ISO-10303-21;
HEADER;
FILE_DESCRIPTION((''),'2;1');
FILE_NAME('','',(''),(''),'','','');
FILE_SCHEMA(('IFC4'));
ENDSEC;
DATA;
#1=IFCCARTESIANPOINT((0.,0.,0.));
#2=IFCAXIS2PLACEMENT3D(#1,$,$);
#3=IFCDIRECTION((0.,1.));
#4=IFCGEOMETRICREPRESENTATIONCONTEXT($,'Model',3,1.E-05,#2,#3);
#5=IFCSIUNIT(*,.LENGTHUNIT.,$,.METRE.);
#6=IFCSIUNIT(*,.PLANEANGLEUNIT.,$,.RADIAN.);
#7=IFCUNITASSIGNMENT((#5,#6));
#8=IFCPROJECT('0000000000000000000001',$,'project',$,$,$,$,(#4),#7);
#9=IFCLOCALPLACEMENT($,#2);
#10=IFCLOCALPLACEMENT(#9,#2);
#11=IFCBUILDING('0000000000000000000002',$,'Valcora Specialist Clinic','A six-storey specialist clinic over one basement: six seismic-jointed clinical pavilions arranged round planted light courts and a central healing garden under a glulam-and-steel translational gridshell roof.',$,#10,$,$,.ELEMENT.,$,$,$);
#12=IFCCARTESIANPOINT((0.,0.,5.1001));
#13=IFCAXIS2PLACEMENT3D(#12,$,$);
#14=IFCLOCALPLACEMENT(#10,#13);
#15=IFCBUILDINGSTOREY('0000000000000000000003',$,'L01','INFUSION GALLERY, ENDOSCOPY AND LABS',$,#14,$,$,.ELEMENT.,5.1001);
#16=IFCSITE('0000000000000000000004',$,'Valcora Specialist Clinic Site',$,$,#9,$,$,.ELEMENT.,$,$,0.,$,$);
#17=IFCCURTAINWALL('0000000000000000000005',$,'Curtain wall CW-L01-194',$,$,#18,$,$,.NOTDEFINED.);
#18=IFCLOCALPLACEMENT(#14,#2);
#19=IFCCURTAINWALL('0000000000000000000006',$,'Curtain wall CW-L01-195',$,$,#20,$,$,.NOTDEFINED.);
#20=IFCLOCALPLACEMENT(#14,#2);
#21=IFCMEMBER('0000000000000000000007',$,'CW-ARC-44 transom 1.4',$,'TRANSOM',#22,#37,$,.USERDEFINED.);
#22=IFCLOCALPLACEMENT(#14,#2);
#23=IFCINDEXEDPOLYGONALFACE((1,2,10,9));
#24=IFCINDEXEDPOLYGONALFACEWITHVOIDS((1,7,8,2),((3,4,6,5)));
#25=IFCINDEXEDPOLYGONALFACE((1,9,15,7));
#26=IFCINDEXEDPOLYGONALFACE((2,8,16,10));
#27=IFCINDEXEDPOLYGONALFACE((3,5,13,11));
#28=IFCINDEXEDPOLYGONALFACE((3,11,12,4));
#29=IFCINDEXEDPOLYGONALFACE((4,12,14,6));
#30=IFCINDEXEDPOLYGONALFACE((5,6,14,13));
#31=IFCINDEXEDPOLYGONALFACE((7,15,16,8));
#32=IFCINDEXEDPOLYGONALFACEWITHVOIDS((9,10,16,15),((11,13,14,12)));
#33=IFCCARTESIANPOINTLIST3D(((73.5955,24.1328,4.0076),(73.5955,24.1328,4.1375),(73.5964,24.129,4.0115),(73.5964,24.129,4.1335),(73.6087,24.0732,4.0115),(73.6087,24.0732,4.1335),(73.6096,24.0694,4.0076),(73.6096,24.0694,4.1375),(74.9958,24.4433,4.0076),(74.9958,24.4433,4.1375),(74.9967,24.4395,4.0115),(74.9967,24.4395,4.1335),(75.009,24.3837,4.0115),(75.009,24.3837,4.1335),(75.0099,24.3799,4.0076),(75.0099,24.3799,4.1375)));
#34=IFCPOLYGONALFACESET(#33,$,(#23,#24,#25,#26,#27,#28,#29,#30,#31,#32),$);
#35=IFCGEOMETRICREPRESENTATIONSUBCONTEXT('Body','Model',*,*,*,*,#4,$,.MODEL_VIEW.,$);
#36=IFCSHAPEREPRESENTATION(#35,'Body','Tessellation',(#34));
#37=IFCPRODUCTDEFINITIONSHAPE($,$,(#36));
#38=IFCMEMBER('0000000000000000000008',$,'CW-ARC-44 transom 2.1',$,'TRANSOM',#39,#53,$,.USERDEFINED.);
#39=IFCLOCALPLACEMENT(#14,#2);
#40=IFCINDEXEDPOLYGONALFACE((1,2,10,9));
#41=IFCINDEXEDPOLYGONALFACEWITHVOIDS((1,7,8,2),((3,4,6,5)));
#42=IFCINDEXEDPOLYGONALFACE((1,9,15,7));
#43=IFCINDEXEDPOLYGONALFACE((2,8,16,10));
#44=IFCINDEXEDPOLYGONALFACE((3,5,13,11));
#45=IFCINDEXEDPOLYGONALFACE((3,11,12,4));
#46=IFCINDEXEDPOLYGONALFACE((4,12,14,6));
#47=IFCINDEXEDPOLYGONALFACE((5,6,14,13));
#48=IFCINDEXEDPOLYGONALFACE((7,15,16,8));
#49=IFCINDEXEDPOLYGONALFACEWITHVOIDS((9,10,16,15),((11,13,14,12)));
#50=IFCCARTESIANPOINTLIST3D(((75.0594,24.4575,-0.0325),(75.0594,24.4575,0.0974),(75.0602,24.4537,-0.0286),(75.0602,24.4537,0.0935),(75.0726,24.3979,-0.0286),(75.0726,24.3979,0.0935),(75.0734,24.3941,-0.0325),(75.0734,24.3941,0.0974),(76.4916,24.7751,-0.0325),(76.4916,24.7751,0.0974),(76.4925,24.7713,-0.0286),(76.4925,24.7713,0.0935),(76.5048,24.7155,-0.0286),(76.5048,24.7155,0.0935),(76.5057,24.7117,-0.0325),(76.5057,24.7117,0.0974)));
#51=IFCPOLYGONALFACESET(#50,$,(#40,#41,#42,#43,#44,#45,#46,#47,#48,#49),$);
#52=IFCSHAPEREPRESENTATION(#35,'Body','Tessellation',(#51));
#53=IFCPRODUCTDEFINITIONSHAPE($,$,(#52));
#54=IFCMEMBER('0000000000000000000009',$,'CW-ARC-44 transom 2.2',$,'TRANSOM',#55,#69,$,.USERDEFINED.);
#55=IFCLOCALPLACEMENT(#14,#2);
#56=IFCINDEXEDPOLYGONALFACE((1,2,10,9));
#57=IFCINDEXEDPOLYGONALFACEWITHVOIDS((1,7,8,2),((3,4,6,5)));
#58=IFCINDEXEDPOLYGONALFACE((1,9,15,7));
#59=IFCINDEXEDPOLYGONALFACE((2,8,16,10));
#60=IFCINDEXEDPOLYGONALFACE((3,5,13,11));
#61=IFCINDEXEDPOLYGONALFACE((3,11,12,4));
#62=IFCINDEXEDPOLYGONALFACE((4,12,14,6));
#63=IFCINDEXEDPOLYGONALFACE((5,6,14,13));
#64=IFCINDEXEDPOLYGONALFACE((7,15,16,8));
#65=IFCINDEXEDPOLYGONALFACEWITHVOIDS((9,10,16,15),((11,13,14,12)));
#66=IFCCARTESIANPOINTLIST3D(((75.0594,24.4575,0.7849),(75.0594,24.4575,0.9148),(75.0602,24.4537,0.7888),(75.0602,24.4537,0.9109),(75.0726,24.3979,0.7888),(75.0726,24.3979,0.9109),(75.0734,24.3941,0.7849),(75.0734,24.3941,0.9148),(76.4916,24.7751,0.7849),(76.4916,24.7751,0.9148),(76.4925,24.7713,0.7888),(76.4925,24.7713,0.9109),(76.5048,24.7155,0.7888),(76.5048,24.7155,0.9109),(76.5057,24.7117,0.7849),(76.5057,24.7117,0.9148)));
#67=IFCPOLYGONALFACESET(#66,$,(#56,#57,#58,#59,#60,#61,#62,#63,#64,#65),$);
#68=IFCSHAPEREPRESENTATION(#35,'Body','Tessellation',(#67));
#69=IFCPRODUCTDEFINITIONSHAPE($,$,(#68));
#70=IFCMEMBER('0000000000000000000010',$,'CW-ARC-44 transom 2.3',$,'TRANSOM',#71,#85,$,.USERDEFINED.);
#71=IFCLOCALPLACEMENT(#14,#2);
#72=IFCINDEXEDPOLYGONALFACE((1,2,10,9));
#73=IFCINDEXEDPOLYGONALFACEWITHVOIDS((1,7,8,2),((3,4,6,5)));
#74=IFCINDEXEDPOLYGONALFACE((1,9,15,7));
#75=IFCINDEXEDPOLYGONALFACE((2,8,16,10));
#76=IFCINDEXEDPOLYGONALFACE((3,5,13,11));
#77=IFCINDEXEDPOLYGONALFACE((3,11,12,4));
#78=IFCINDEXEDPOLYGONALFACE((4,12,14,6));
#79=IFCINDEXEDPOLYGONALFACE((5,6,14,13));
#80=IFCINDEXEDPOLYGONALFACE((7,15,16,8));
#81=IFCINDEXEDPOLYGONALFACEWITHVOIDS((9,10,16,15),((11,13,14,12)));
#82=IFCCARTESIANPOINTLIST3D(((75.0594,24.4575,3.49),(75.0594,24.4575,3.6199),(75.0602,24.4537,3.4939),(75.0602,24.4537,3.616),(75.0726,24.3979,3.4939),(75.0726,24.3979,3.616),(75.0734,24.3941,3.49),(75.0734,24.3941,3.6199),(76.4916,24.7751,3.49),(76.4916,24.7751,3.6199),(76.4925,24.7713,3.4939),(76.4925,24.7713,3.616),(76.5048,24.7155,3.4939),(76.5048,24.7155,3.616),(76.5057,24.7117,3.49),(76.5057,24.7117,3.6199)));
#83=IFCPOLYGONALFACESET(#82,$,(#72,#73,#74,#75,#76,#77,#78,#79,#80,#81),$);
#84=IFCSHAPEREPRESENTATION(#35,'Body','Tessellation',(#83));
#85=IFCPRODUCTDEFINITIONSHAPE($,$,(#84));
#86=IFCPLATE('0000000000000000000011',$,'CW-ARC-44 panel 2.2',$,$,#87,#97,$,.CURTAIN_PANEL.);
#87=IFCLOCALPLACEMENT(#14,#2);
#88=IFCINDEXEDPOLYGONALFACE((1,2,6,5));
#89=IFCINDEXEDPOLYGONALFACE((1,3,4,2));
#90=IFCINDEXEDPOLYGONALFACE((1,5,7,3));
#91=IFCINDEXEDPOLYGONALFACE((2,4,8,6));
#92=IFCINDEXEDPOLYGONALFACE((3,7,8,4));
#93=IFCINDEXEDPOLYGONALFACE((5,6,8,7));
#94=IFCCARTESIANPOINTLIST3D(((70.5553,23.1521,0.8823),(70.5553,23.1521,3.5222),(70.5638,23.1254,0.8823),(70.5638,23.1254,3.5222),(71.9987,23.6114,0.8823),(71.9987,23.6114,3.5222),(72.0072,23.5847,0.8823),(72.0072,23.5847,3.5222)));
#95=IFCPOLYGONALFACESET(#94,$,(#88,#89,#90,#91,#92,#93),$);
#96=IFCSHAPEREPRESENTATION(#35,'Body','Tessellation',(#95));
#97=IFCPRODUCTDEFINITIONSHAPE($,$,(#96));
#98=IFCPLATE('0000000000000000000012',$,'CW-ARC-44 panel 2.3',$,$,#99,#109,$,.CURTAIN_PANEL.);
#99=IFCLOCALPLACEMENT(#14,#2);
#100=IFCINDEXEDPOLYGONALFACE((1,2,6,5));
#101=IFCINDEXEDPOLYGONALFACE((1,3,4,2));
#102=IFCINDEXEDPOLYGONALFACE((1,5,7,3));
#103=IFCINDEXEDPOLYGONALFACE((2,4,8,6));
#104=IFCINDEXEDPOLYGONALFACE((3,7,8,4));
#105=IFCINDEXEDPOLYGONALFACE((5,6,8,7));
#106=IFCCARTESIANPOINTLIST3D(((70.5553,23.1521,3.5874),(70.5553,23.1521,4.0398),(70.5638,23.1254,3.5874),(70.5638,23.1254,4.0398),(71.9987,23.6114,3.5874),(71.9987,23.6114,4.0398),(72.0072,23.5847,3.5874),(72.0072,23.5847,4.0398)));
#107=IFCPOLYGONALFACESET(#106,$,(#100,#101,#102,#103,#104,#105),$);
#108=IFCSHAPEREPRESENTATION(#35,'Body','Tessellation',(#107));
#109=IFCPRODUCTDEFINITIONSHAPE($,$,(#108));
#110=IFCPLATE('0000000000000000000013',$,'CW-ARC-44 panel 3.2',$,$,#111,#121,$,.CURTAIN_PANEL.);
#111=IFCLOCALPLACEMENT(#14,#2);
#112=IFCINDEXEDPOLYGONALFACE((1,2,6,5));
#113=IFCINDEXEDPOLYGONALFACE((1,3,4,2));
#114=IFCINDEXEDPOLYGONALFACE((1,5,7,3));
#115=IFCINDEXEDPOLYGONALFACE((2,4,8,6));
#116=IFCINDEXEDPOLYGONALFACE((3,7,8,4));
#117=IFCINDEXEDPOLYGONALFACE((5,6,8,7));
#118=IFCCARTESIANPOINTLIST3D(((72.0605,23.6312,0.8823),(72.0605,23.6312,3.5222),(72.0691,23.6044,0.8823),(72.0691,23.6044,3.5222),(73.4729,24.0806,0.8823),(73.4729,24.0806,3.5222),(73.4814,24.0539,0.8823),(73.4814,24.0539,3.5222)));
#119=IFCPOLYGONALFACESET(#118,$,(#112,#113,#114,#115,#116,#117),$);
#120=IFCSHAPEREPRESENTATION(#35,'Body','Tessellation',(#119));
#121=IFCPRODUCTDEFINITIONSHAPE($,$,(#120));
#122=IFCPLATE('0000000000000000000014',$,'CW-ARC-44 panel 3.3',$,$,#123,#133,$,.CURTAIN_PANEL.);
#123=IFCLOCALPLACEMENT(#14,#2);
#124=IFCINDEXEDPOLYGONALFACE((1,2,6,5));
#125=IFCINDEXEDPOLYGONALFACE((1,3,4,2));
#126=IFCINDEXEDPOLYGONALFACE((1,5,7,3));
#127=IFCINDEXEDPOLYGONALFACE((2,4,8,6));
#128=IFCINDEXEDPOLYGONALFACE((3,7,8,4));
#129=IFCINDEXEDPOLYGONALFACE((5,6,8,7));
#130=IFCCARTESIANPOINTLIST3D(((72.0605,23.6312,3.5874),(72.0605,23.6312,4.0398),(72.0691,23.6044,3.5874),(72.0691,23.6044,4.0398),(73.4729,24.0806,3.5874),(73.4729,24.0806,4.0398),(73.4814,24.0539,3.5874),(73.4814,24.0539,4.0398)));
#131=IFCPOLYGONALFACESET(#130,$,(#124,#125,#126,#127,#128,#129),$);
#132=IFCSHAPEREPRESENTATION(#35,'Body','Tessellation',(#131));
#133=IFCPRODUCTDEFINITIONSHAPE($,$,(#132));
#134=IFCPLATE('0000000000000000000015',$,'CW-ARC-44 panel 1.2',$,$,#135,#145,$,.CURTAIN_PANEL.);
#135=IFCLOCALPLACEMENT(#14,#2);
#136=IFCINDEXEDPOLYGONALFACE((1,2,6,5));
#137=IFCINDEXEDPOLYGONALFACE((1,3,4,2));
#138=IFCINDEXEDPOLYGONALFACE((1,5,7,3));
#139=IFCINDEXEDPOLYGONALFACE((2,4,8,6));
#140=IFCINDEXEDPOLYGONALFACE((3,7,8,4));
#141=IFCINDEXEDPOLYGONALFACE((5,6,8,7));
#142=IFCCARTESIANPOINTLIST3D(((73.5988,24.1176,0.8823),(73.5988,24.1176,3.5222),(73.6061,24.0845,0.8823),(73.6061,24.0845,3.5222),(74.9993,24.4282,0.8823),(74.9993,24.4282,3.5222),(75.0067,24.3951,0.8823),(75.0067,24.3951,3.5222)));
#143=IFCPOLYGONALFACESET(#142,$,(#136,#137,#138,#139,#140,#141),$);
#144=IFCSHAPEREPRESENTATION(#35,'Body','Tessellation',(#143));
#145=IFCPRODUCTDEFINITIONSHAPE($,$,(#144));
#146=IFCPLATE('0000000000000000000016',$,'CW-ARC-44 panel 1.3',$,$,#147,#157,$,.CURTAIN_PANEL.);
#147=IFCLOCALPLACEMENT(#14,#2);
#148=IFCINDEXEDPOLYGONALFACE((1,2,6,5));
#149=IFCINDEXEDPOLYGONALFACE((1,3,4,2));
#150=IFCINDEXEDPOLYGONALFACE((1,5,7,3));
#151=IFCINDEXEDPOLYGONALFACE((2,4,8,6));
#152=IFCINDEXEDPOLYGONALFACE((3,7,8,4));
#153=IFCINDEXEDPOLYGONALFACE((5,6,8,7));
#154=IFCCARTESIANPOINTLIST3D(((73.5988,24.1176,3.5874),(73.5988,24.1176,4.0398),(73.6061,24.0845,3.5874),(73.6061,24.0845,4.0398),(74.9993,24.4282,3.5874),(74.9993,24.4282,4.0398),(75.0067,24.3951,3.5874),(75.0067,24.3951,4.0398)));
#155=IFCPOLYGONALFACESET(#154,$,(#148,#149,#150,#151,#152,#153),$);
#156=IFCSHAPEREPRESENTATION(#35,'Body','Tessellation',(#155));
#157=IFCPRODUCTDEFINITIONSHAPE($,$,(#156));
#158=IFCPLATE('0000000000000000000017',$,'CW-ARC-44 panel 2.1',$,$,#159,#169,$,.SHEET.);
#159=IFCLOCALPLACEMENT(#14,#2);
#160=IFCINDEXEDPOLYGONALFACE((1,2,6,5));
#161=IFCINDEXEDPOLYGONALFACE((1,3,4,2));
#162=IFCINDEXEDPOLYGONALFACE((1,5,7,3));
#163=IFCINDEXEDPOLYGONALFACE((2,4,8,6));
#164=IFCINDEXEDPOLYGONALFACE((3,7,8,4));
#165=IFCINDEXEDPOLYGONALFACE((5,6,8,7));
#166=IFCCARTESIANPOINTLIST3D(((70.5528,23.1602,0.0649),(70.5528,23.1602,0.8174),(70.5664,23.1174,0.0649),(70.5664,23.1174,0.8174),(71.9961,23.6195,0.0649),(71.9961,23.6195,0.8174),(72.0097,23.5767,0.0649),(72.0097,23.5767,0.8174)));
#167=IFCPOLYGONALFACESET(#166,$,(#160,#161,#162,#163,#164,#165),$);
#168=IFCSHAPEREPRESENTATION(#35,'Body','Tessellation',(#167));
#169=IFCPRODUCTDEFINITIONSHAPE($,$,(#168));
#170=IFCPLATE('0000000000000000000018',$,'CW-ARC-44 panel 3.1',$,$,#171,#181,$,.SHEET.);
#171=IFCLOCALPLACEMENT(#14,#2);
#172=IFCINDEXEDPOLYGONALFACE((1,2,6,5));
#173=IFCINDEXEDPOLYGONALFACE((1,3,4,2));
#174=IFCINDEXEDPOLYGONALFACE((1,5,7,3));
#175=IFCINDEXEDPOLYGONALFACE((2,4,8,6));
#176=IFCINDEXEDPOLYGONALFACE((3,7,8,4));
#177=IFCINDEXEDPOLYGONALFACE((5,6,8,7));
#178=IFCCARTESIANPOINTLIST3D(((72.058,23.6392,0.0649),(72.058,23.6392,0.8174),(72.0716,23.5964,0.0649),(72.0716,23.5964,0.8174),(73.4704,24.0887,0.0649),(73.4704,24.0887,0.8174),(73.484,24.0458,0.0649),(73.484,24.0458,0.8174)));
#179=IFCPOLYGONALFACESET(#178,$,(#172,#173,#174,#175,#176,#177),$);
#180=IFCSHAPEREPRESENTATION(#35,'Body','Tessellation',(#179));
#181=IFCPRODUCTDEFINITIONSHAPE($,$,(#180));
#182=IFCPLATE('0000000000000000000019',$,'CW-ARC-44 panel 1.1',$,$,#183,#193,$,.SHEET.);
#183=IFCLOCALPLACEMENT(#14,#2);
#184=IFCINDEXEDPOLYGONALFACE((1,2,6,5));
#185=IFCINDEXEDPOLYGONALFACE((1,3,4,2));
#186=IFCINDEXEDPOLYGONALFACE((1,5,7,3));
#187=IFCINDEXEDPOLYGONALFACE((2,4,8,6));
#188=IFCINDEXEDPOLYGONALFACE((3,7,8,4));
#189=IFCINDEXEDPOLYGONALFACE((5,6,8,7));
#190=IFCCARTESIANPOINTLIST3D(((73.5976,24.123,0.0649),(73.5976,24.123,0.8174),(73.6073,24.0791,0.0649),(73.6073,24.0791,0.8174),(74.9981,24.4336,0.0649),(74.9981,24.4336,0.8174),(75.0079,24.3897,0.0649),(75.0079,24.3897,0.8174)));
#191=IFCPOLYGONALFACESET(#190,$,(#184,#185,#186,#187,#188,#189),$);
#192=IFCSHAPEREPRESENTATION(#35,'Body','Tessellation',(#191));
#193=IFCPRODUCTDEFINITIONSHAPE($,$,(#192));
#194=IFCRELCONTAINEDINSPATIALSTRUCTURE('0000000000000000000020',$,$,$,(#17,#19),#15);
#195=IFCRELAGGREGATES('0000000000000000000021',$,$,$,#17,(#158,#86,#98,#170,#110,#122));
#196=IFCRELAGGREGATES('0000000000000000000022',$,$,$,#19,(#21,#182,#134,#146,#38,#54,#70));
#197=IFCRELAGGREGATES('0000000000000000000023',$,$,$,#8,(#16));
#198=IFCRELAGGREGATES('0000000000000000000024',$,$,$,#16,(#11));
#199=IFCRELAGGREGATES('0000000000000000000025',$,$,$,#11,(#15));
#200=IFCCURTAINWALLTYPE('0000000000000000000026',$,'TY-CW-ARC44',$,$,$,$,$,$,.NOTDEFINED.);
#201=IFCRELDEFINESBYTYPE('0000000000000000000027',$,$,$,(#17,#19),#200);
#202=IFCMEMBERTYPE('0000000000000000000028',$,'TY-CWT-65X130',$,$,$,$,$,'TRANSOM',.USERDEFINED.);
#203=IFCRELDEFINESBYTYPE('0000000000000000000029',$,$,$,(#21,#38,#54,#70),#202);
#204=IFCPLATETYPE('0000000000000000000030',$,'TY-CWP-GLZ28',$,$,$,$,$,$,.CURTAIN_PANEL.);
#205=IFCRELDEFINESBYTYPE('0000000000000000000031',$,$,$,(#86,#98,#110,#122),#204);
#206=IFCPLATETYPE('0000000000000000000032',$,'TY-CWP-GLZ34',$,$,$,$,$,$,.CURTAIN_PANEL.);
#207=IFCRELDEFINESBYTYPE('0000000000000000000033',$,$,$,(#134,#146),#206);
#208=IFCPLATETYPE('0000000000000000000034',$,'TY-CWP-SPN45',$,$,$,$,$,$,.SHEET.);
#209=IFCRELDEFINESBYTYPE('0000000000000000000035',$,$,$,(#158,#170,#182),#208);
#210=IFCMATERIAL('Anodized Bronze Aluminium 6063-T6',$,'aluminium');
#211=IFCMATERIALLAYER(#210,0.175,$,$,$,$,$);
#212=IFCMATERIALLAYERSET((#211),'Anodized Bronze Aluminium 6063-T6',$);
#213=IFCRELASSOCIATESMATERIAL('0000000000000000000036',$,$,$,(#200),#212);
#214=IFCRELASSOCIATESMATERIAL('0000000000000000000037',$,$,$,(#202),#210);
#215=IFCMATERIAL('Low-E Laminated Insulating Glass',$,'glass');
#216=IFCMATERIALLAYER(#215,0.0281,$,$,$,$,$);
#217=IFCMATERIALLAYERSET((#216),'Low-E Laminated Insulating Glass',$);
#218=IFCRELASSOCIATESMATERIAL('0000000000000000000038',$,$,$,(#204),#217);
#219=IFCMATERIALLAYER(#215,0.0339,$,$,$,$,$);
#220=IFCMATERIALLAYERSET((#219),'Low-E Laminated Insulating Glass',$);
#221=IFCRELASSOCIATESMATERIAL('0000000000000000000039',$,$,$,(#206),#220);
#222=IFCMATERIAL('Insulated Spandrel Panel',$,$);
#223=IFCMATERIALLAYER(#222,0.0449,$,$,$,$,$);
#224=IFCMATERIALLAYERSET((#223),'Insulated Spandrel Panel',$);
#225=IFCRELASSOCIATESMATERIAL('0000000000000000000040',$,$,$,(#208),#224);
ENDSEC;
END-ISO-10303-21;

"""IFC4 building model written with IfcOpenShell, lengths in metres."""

from ifc_helpers import new_model, si_unit, direction, frame, origin, origin_2d, place, context, subcontext, project, spatial, rectangle, hollow_rectangle, extrude, material, layer, layer_set, material_profile, profile_set, type_object, element, aggregate, save


model = new_model("IFC4")

# Units and contexts
model_context = context("Model", 3, precision=1e-05, world=origin(), true_north=direction((0.0, 1.0)))
body_context = subcontext(model_context, "Body", "Model", "MODEL_VIEW")
ifc_project = project(units=[si_unit("LENGTHUNIT", "METRE"), si_unit("PLANEANGLEUNIT", "RADIAN")], contexts=[model_context])

# Site, building, storey
site_placement = place(None, origin())
site = spatial("IfcSite", under=ifc_project, at=site_placement, Name="Valcora Specialist Clinic Site", CompositionType="ELEMENT", RefElevation=0.0)
building_placement = place(site_placement, origin())
building = spatial("IfcBuilding", under=site, at=building_placement, Name="Valcora Specialist Clinic", Description="A six-storey specialist clinic over one basement: six seismic-jointed clinical pavilions arranged round planted light courts and a central healing garden under a glulam-and-steel translational gridshell roof.", CompositionType="ELEMENT")
storey_placement = place(building_placement, frame((0.0, 0.0, 5.1001)))
storey = spatial("IfcBuildingStorey", under=building, at=storey_placement, Name="L01", Description="INFUSION GALLERY, ENDOSCOPY AND LABS", CompositionType="ELEMENT", Elevation=5.1001)

# Curtain walls
ifc_material_1 = material(Name="Anodized Bronze Aluminium 6063-T6", Category="aluminium")
ifc_layer_1 = layer(ifc_material_1, 0.175)
ifc_layer_set_1 = layer_set([ifc_layer_1], Name="Anodized Bronze Aluminium 6063-T6")
curtain_wall_type = type_object("IfcCurtainWallType", Name="TY-CW-ARC44", PredefinedType="NOTDEFINED", material=ifc_layer_set_1)
curtain_wall_1_placement = place(storey_placement, origin())
curtain_wall_1 = element("IfcCurtainWall", 1, at=curtain_wall_1_placement, inside=storey, type_object=curtain_wall_type, Name="Curtain wall CW-L01-194", PredefinedType="NOTDEFINED")
curtain_wall_2_placement = place(storey_placement, origin())
curtain_wall_2 = element("IfcCurtainWall", 2, at=curtain_wall_2_placement, inside=storey, type_object=curtain_wall_type, Name="Curtain wall CW-L01-195", PredefinedType="NOTDEFINED")

# Members
ifc_material_profile_1 = material_profile(ifc_material_1, hollow_rectangle(XDim=0.0649, YDim=0.1299, WallThickness=0.0039, at=origin_2d()), Name="AL-TRN-65X130")
ifc_profile_set_1 = profile_set([ifc_material_profile_1], Name="Anodized Bronze Aluminium 6063-T6")
member_type_1 = type_object("IfcMemberType", Name="TY-CWT-65X130", ElementType="TRANSOM", PredefinedType="USERDEFINED", material=ifc_profile_set_1)
member_1_placement = place(storey_placement, frame((73.6025, 24.1011, 4.0725), z_axis=(0.976283, 0.216498, 0.0), x_axis=(-0.216498, 0.976283, 0.0)))
member_1 = element("IfcMember", 3, at=member_1_placement, type_object=member_type_1, Name="CW-ARC-44 transom 1.4", ObjectType="TRANSOM", PredefinedType="USERDEFINED", context=body_context, shape_type="SweptSolid", body=[
    extrude(hollow_rectangle(XDim=0.0649, YDim=0.1299, WallThickness=0.0039, at=origin_2d()), origin(), (0.0, 0.0, 1.0), 1.4343),
])
member_2_placement = place(storey_placement, frame((75.0664, 24.4258, 0.0325), z_axis=(0.976277, 0.216525, 0.0), x_axis=(-0.216525, 0.976277, 0.0)))
member_2 = element("IfcMember", 4, at=member_2_placement, type_object=member_type_1, Name="CW-ARC-44 transom 2.1", ObjectType="TRANSOM", PredefinedType="USERDEFINED", context=body_context, shape_type="SweptSolid", body=[
    extrude(hollow_rectangle(XDim=0.0649, YDim=0.1299, WallThickness=0.0039, at=origin_2d()), origin(), (0.0, 0.0, 1.0), 1.467),
])
member_3_placement = place(storey_placement, frame((75.0664, 24.4258, 0.8499), z_axis=(0.976277, 0.216525, 0.0), x_axis=(-0.216525, 0.976277, 0.0)))
member_3 = element("IfcMember", 5, at=member_3_placement, type_object=member_type_1, Name="CW-ARC-44 transom 2.2", ObjectType="TRANSOM", PredefinedType="USERDEFINED", context=body_context, shape_type="SweptSolid", body=[
    extrude(hollow_rectangle(XDim=0.0649, YDim=0.1299, WallThickness=0.0039, at=origin_2d()), origin(), (0.0, 0.0, 1.0), 1.467),
])
member_4_placement = place(storey_placement, frame((75.0664, 24.4258, 3.5549), z_axis=(0.976277, 0.216525, 0.0), x_axis=(-0.216525, 0.976277, 0.0)))
member_4 = element("IfcMember", 6, at=member_4_placement, type_object=member_type_1, Name="CW-ARC-44 transom 2.3", ObjectType="TRANSOM", PredefinedType="USERDEFINED", context=body_context, shape_type="SweptSolid", body=[
    extrude(hollow_rectangle(XDim=0.0649, YDim=0.1299, WallThickness=0.0039, at=origin_2d()), origin(), (0.0, 0.0, 1.0), 1.467),
])

# Plates
ifc_material_2 = material(Name="Low-E Laminated Insulating Glass", Category="glass")
ifc_layer_2 = layer(ifc_material_2, 0.0281)
ifc_layer_set_2 = layer_set([ifc_layer_2], Name="Low-E Laminated Insulating Glass")
plate_type_1 = type_object("IfcPlateType", Name="TY-CWP-GLZ28", PredefinedType="CURTAIN_PANEL", material=ifc_layer_set_2)
plate_1_placement = place(storey_placement, frame((71.2812, 23.3684, 0.8823), z_axis=(0.0, 0.0, 1.0), x_axis=(0.952916, 0.303233, 0.0)))
plate_1 = element("IfcPlate", 7, at=plate_1_placement, type_object=plate_type_1, Name="CW-ARC-44 panel 2.2", PredefinedType="CURTAIN_PANEL", context=body_context, shape_type="SweptSolid", body=[
    extrude(rectangle(XDim=1.5146, YDim=0.0281, at=origin_2d()), origin(), (0.0, 0.0, 1.0), 2.6399),
])
plate_2_placement = place(storey_placement, frame((71.2812, 23.3684, 3.5874), z_axis=(0.0, 0.0, 1.0), x_axis=(0.952916, 0.303233, 0.0)))
plate_2 = element("IfcPlate", 8, at=plate_2_placement, type_object=plate_type_1, Name="CW-ARC-44 panel 2.3", PredefinedType="CURTAIN_PANEL", context=body_context, shape_type="SweptSolid", body=[
    extrude(rectangle(XDim=1.5146, YDim=0.0281, at=origin_2d()), origin(), (0.0, 0.0, 1.0), 0.4524),
])
plate_3_placement = place(storey_placement, frame((72.771, 23.8425, 0.8823), z_axis=(0.0, 0.0, 1.0), x_axis=(0.952916, 0.303233, 0.0)))
plate_3 = element("IfcPlate", 9, at=plate_3_placement, type_object=plate_type_1, Name="CW-ARC-44 panel 3.2", PredefinedType="CURTAIN_PANEL", context=body_context, shape_type="SweptSolid", body=[
    extrude(rectangle(XDim=1.4822, YDim=0.0281, at=origin_2d()), origin(), (0.0, 0.0, 1.0), 2.6399),
])
plate_4_placement = place(storey_placement, frame((72.771, 23.8425, 3.5874), z_axis=(0.0, 0.0, 1.0), x_axis=(0.952916, 0.303233, 0.0)))
plate_4 = element("IfcPlate", 10, at=plate_4_placement, type_object=plate_type_1, Name="CW-ARC-44 panel 3.3", PredefinedType="CURTAIN_PANEL", context=body_context, shape_type="SweptSolid", body=[
    extrude(rectangle(XDim=1.4822, YDim=0.0281, at=origin_2d()), origin(), (0.0, 0.0, 1.0), 0.4524),
])
ifc_layer_3 = layer(ifc_material_2, 0.0339)
ifc_layer_set_3 = layer_set([ifc_layer_3], Name="Low-E Laminated Insulating Glass")
plate_type_2 = type_object("IfcPlateType", Name="TY-CWP-GLZ34", PredefinedType="CURTAIN_PANEL", material=ifc_layer_set_3)
plate_5_placement = place(storey_placement, frame((74.3027, 24.2563, 0.8823), z_axis=(0.0, 0.0, 1.0), x_axis=(0.976279, 0.216518, 0.0)))
plate_5 = element("IfcPlate", 11, at=plate_5_placement, type_object=plate_type_2, Name="CW-ARC-44 panel 1.2", PredefinedType="CURTAIN_PANEL", context=body_context, shape_type="SweptSolid", body=[
    extrude(rectangle(XDim=1.4346, YDim=0.0339, at=origin_2d()), origin(), (0.0, 0.0, 1.0), 2.6399),
])
plate_6_placement = place(storey_placement, frame((74.3027, 24.2563, 3.5874), z_axis=(0.0, 0.0, 1.0), x_axis=(0.976279, 0.216518, 0.0)))
plate_6 = element("IfcPlate", 12, at=plate_6_placement, type_object=plate_type_2, Name="CW-ARC-44 panel 1.3", PredefinedType="CURTAIN_PANEL", context=body_context, shape_type="SweptSolid", body=[
    extrude(rectangle(XDim=1.4346, YDim=0.0339, at=origin_2d()), origin(), (0.0, 0.0, 1.0), 0.4524),
])
ifc_material_3 = material(Name="Insulated Spandrel Panel")
ifc_layer_4 = layer(ifc_material_3, 0.0449)
ifc_layer_set_4 = layer_set([ifc_layer_4], Name="Insulated Spandrel Panel")
plate_type_3 = type_object("IfcPlateType", Name="TY-CWP-SPN45", PredefinedType="SHEET", material=ifc_layer_set_4)
plate_7_placement = place(storey_placement, frame((71.2812, 23.3684, 0.0649), z_axis=(0.0, 0.0, 1.0), x_axis=(0.952916, 0.303233, 0.0)))
plate_7 = element("IfcPlate", 13, at=plate_7_placement, type_object=plate_type_3, Name="CW-ARC-44 panel 2.1", PredefinedType="SHEET", context=body_context, shape_type="SweptSolid", body=[
    extrude(rectangle(XDim=1.5146, YDim=0.0449, at=origin_2d()), origin(), (0.0, 0.0, 1.0), 0.7524),
])
plate_8_placement = place(storey_placement, frame((72.771, 23.8425, 0.0649), z_axis=(0.0, 0.0, 1.0), x_axis=(0.952916, 0.303233, 0.0)))
plate_8 = element("IfcPlate", 14, at=plate_8_placement, type_object=plate_type_3, Name="CW-ARC-44 panel 3.1", PredefinedType="SHEET", context=body_context, shape_type="SweptSolid", body=[
    extrude(rectangle(XDim=1.4822, YDim=0.0449, at=origin_2d()), origin(), (0.0, 0.0, 1.0), 0.7524),
])
aggregate(curtain_wall_1, [plate_7, plate_1, plate_2, plate_8, plate_3, plate_4])
plate_9_placement = place(storey_placement, frame((74.3027, 24.2563, 0.0649), z_axis=(0.0, 0.0, 1.0), x_axis=(0.976279, 0.216518, 0.0)))
plate_9 = element("IfcPlate", 15, at=plate_9_placement, type_object=plate_type_3, Name="CW-ARC-44 panel 1.1", PredefinedType="SHEET", context=body_context, shape_type="SweptSolid", body=[
    extrude(rectangle(XDim=1.4346, YDim=0.0449, at=origin_2d()), origin(), (0.0, 0.0, 1.0), 0.7524),
])
aggregate(curtain_wall_2, [member_1, plate_9, plate_5, plate_6, member_2, member_3, member_4])

save(model, "model.ifc")
